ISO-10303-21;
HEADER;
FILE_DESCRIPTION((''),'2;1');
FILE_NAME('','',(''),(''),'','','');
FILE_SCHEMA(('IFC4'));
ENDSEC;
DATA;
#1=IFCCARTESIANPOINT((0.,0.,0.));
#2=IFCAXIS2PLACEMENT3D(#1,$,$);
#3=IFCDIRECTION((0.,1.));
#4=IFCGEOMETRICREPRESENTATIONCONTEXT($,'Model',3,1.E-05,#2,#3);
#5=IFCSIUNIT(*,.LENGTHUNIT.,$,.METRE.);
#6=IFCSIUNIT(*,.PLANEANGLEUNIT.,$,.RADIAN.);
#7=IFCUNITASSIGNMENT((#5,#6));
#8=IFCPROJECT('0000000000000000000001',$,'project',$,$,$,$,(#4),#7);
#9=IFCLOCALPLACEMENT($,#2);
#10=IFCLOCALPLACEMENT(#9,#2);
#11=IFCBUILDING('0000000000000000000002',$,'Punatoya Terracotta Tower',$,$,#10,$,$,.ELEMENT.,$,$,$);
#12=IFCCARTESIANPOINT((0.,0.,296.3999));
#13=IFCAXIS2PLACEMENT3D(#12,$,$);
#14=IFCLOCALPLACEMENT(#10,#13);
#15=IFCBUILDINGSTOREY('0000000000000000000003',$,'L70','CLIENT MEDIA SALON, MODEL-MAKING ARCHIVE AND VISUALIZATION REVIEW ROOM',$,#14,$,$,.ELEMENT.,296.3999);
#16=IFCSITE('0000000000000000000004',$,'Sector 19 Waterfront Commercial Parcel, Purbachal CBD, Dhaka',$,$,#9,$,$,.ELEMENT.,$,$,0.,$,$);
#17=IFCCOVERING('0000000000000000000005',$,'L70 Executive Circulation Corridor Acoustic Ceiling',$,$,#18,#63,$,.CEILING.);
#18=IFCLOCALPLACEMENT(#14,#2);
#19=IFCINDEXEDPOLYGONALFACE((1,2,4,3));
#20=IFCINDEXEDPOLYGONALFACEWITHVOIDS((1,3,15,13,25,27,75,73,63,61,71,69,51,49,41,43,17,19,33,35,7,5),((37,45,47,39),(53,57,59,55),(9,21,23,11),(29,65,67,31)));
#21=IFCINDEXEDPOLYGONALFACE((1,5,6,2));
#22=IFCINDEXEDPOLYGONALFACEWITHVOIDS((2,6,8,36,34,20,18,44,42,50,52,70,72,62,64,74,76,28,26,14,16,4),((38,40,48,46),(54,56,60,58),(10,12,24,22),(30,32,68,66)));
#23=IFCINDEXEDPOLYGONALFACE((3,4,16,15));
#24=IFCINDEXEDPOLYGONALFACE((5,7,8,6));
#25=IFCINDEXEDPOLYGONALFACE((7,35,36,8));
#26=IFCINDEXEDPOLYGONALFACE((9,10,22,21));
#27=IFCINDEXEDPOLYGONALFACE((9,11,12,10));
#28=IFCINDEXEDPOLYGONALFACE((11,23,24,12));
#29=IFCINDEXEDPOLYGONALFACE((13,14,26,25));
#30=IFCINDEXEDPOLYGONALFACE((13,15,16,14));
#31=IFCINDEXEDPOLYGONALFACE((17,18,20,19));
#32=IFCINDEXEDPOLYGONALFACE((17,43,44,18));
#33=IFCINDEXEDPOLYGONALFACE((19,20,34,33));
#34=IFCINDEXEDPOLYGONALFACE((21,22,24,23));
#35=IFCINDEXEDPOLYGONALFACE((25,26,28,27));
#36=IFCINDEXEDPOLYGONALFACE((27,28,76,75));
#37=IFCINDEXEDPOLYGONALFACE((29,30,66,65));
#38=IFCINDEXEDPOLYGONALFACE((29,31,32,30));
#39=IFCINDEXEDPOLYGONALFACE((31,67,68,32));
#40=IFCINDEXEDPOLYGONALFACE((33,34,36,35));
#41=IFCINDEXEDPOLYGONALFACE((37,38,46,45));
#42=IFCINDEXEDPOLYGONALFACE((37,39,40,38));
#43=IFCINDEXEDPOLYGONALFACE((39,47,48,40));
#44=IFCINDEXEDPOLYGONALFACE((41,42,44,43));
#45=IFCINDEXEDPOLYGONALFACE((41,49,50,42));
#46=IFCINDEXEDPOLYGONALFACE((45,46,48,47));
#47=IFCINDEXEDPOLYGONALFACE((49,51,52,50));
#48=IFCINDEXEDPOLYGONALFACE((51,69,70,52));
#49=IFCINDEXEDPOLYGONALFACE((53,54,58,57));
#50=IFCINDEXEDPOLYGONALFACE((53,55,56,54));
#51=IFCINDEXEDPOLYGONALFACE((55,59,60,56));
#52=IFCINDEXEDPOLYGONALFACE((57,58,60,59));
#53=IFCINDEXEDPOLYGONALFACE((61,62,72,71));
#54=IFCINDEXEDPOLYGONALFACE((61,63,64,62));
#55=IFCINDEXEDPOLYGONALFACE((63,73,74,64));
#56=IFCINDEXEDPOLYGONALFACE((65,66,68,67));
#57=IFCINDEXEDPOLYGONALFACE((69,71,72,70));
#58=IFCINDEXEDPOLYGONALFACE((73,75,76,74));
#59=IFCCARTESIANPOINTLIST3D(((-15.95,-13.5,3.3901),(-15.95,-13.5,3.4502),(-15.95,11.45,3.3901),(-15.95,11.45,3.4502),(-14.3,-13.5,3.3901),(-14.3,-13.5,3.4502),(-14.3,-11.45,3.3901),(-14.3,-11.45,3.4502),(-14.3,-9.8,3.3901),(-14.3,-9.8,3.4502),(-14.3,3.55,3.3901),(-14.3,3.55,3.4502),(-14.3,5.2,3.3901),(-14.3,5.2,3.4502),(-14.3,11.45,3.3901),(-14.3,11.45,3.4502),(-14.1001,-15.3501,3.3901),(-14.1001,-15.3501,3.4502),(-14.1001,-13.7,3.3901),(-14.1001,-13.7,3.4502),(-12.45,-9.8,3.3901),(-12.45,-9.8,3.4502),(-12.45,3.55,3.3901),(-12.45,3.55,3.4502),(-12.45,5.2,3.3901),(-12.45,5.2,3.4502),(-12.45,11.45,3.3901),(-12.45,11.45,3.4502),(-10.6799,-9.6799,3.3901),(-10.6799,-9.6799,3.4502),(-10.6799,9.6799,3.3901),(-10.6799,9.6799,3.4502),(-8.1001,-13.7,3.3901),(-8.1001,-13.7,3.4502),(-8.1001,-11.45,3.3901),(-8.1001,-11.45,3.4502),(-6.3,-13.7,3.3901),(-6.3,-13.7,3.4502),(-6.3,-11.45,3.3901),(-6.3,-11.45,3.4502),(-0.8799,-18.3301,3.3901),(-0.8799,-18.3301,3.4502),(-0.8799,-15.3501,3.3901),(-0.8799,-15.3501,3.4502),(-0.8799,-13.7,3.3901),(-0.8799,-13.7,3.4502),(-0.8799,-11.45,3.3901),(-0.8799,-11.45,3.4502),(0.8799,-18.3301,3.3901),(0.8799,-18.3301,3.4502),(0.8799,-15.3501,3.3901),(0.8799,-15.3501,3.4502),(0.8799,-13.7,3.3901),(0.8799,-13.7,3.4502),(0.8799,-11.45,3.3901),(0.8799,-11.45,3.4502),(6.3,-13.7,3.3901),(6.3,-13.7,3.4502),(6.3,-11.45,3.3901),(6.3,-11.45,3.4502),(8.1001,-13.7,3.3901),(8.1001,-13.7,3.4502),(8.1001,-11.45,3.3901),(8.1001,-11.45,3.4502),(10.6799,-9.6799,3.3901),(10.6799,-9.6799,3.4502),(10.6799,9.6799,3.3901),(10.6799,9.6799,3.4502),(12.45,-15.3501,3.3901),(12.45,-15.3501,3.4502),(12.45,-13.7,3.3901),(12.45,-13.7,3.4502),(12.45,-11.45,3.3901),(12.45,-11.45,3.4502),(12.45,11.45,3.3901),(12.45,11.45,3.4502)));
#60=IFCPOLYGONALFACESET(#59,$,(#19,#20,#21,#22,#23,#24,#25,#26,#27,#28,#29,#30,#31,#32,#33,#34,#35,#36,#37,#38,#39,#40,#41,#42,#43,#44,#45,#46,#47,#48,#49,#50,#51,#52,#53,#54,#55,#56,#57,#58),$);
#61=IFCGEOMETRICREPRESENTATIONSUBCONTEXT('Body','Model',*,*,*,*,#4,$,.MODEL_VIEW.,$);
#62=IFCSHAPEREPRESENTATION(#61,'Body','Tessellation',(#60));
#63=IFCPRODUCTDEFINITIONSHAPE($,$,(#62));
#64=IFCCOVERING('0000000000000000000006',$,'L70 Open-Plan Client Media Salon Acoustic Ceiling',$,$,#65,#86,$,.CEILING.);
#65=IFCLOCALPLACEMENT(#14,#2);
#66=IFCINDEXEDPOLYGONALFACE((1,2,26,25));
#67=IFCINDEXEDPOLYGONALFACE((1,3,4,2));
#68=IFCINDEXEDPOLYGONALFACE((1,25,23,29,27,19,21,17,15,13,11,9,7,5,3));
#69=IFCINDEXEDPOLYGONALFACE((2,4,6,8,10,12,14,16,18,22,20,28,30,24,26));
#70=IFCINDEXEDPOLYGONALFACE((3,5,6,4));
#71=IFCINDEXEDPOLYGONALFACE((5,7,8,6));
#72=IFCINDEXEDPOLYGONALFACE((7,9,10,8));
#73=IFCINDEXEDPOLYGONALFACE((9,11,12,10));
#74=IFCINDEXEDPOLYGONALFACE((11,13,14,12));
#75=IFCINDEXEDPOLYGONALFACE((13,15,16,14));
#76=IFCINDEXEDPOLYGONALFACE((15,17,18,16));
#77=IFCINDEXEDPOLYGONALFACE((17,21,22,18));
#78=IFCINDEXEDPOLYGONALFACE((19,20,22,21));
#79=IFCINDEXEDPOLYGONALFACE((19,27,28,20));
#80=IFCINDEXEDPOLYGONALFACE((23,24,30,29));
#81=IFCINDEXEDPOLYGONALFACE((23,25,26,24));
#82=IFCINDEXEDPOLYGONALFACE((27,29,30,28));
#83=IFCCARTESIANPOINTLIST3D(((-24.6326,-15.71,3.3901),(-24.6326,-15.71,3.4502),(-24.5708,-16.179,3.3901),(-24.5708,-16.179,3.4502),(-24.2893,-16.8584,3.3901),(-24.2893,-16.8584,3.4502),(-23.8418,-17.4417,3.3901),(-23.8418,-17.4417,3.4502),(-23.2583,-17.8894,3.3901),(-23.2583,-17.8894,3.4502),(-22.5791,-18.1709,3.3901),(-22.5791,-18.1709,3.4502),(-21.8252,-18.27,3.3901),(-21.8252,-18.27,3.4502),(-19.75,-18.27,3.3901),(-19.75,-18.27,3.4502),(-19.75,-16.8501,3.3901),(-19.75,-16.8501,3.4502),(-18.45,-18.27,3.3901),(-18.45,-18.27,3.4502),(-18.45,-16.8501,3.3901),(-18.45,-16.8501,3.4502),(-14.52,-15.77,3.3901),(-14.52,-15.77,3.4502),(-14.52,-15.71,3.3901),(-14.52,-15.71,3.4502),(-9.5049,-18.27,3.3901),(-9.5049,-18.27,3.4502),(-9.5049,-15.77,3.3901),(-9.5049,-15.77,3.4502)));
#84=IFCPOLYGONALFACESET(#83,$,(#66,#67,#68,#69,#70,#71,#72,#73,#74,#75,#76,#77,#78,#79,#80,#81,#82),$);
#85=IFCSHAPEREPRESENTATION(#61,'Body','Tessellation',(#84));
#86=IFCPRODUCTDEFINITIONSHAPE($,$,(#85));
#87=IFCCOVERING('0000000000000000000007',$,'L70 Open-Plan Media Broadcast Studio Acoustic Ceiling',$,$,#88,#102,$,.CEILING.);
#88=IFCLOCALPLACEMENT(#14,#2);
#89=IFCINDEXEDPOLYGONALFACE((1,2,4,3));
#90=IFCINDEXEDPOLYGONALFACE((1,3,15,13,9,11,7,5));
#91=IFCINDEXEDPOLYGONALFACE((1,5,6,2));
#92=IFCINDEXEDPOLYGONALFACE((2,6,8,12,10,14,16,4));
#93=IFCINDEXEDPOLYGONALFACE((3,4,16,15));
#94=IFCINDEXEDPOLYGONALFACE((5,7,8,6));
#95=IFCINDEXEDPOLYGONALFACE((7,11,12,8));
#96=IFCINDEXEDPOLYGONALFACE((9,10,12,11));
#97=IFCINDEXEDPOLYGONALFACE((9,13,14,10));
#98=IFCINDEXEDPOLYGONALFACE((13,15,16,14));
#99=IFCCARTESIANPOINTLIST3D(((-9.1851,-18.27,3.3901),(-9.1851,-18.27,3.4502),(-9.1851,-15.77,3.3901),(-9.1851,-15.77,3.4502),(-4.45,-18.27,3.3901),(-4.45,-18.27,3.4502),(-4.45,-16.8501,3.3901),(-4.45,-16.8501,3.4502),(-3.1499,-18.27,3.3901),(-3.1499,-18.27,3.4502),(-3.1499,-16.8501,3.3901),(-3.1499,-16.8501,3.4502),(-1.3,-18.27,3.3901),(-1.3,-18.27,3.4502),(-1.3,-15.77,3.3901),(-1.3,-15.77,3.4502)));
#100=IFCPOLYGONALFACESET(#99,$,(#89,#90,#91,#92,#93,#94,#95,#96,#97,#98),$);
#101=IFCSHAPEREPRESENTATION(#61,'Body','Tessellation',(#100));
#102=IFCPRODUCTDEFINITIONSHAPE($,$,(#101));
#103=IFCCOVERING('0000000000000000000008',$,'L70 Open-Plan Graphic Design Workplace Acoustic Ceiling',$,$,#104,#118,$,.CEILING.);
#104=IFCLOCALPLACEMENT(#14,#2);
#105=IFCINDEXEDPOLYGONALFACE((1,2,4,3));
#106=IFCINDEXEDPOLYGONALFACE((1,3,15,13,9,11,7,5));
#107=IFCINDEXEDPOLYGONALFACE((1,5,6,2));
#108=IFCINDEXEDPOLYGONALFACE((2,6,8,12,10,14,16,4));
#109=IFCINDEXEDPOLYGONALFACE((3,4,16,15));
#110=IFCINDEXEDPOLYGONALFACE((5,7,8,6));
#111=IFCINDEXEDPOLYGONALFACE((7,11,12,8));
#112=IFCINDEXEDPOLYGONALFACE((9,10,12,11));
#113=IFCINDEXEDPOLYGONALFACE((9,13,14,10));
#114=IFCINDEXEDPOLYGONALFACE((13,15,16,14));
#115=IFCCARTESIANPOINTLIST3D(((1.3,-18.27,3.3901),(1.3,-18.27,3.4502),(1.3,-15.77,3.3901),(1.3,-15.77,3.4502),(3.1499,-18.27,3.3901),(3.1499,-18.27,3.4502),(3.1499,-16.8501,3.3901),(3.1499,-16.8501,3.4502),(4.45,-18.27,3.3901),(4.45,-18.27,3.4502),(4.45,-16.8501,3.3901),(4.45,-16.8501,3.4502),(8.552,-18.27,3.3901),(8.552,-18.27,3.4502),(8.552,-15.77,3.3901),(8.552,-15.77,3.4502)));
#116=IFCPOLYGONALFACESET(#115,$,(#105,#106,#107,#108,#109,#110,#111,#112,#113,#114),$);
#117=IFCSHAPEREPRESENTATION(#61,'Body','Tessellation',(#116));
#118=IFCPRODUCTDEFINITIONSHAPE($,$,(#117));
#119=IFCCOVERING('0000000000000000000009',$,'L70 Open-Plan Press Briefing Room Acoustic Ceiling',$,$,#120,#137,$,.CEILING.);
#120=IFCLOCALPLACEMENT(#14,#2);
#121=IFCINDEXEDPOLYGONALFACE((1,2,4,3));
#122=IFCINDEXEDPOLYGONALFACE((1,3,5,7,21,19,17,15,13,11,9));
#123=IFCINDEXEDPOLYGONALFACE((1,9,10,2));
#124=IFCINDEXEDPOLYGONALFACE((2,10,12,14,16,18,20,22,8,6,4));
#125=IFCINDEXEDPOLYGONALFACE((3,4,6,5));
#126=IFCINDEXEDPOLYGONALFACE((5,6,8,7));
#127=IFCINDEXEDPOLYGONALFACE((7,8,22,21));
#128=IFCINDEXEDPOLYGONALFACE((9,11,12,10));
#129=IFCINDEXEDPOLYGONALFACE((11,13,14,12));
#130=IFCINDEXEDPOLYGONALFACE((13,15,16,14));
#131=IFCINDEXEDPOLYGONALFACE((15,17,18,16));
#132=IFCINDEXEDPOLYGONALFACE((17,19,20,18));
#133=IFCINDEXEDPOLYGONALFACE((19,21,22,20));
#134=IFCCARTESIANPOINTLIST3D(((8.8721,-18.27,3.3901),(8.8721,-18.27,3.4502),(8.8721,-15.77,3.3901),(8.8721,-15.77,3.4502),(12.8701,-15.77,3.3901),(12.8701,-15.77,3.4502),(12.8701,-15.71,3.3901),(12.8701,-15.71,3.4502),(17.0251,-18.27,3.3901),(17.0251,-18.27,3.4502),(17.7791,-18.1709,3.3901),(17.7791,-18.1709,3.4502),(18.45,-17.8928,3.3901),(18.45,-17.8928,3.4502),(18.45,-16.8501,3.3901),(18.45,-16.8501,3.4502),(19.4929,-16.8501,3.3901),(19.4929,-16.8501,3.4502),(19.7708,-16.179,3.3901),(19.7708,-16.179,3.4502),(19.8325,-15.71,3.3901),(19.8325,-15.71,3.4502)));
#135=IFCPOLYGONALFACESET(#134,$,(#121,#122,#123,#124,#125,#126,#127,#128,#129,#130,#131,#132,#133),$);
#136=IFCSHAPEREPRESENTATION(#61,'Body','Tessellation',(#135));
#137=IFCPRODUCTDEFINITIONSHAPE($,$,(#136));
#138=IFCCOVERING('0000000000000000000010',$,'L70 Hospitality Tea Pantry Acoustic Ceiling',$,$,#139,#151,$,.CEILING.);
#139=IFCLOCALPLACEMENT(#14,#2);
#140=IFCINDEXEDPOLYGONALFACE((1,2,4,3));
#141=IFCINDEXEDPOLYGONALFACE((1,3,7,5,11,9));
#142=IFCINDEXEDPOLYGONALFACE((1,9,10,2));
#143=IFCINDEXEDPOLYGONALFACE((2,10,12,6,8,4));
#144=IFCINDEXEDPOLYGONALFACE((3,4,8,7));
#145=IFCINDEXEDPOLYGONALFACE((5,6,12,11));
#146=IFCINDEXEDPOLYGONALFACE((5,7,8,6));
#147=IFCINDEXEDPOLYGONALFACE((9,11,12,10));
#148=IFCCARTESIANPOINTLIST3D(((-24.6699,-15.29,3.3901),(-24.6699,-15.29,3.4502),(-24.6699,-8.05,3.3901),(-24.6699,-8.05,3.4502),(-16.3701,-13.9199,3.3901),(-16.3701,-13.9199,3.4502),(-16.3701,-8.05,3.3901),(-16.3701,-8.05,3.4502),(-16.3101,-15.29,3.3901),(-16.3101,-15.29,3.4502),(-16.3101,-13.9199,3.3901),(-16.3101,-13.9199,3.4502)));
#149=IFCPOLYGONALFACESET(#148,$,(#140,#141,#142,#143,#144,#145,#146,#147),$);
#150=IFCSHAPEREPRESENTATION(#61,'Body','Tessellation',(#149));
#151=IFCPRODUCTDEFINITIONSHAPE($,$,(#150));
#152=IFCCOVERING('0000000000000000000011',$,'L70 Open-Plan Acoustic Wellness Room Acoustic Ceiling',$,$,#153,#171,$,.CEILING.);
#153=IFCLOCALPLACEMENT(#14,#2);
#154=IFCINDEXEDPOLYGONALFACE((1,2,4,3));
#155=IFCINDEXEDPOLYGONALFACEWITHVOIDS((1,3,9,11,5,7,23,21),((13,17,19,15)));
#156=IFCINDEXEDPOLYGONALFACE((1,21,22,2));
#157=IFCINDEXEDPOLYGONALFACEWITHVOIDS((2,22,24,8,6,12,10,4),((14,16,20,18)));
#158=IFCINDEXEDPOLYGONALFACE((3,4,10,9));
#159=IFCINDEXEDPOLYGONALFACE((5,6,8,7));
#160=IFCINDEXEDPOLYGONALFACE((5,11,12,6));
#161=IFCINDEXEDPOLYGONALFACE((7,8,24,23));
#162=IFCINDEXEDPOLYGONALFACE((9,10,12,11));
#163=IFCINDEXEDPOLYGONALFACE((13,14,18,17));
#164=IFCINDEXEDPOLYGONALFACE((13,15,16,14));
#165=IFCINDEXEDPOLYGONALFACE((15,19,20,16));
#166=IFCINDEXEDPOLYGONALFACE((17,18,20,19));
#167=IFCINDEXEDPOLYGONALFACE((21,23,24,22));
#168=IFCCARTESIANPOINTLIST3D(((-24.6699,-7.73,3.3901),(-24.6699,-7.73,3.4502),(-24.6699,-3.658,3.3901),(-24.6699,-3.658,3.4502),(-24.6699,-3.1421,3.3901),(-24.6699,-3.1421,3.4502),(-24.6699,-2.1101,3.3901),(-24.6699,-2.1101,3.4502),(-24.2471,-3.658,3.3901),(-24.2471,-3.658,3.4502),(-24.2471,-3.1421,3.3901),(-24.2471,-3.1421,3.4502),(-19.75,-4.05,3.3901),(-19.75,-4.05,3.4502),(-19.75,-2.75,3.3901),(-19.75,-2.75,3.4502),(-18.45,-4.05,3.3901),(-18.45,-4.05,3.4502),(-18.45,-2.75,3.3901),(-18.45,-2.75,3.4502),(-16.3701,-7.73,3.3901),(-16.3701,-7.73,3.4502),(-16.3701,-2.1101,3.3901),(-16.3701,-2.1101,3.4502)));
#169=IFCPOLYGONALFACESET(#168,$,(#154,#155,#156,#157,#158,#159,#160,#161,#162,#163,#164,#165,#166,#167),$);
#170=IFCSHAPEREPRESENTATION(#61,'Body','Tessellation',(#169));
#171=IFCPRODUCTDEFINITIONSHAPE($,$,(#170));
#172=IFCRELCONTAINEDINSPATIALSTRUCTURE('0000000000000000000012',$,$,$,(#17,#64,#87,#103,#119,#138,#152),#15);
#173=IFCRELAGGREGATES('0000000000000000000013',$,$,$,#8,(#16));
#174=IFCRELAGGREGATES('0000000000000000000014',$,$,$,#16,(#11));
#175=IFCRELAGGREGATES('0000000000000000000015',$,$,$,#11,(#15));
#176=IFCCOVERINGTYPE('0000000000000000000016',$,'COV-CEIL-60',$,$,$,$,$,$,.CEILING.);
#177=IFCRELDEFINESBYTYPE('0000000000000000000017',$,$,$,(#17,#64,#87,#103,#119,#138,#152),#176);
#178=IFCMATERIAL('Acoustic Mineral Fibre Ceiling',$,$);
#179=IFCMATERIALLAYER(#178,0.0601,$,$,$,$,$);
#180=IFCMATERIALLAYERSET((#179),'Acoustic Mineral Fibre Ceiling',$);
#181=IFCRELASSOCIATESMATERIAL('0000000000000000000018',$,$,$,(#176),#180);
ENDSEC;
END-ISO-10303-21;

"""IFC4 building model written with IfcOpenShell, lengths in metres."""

from ifc_helpers import new_model, si_unit, direction, frame, origin, place, context, subcontext, project, spatial, polyline, outline, extrude, material, layer, layer_set, type_object, element, save


model = new_model("IFC4")

# Units and contexts
model_context = context("Model", 3, precision=1e-05, world=origin(), true_north=direction((0.0, 1.0)))
body_context = subcontext(model_context, "Body", "Model", "MODEL_VIEW")
ifc_project = project(units=[si_unit("LENGTHUNIT", "METRE"), si_unit("PLANEANGLEUNIT", "RADIAN")], contexts=[model_context])

# Site, building, storey
site_placement = place(None, origin())
site = spatial("IfcSite", under=ifc_project, at=site_placement, Name="Sector 19 Waterfront Commercial Parcel, Purbachal CBD, Dhaka", CompositionType="ELEMENT", RefElevation=0.0)
building_placement = place(site_placement, origin())
building = spatial("IfcBuilding", under=site, at=building_placement, Name="Punatoya Terracotta Tower", CompositionType="ELEMENT")
storey_placement = place(building_placement, frame((0.0, 0.0, 296.3999)))
storey = spatial("IfcBuildingStorey", under=building, at=storey_placement, Name="L70", Description="CLIENT MEDIA SALON, MODEL-MAKING ARCHIVE AND VISUALIZATION REVIEW ROOM", CompositionType="ELEMENT", Elevation=296.3999)

# Coverings
ifc_material_1 = material(Name="Acoustic Mineral Fibre Ceiling")
ifc_layer_1 = layer(ifc_material_1, 0.0601)
ifc_layer_set_1 = layer_set([ifc_layer_1], Name="Acoustic Mineral Fibre Ceiling")
covering_type = type_object("IfcCoveringType", Name="COV-CEIL-60", PredefinedType="CEILING", material=ifc_layer_set_1)
covering_1_placement = place(storey_placement, frame((0.0, 0.0, 3.3901)))
element("IfcCovering", 1, at=covering_1_placement, inside=storey, type_object=covering_type, Name="L70 Executive Circulation Corridor Acoustic Ceiling", PredefinedType="CEILING", context=body_context, shape_type="SweptSolid", body=[
    extrude(outline(polyline([(-8.1001, -11.45), (-8.1001, -13.7), (-14.1001, -13.7), (-14.1001, -15.3501), (-0.8799, -15.3501), (-0.8799, -18.3301), (0.8799, -18.3301), (0.8799, -15.3501), (12.45, -15.3501), (12.45, -13.7), (8.1001, -13.7), (8.1001, -11.45), (12.45, -11.45), (12.45, 11.45), (-12.45, 11.45), (-12.45, 5.2), (-14.3, 5.2), (-14.3, 11.45), (-15.95, 11.45), (-15.95, -13.5), (-14.3, -13.5), (-14.3, -11.45), (-8.1001, -11.45)]), holes=[polyline([(10.6799, 9.6799), (10.6799, -9.6799), (-10.6799, -9.6799), (-10.6799, 9.6799), (10.6799, 9.6799)]), polyline([(6.3, -13.7), (0.8799, -13.7), (0.8799, -11.45), (6.3, -11.45), (6.3, -13.7)]), polyline([(-0.8799, -13.7), (-6.3, -13.7), (-6.3, -11.45), (-0.8799, -11.45), (-0.8799, -13.7)]), polyline([(-12.45, 3.55), (-12.45, -9.8), (-14.3, -9.8), (-14.3, 3.55), (-12.45, 3.55)])]), origin(), (0.0, 0.0, 1.0), 0.0601),
])
covering_2_placement = place(storey_placement, frame((0.0, 0.0, 3.3901)))
element("IfcCovering", 2, at=covering_2_placement, inside=storey, type_object=covering_type, Name="L70 Open-Plan Client Media Salon Acoustic Ceiling", PredefinedType="CEILING", context=body_context, shape_type="SweptSolid", body=[
    extrude(outline(polyline([(-22.5791, -18.1709), (-21.8252, -18.27), (-19.75, -18.27), (-19.75, -16.8501), (-18.45, -16.8501), (-18.45, -18.27), (-9.5049, -18.27), (-9.5049, -15.77), (-14.52, -15.77), (-14.52, -15.71), (-24.6326, -15.71), (-24.5708, -16.179), (-24.2893, -16.8584), (-23.8418, -17.4417), (-23.2583, -17.8894), (-22.5791, -18.1709)])), origin(), (0.0, 0.0, 1.0), 0.0601),
])
covering_3_placement = place(storey_placement, frame((0.0, 0.0, 3.3901)))
element("IfcCovering", 3, at=covering_3_placement, inside=storey, type_object=covering_type, Name="L70 Open-Plan Media Broadcast Studio Acoustic Ceiling", PredefinedType="CEILING", context=body_context, shape_type="SweptSolid", body=[
    extrude(outline(polyline([(-4.45, -18.27), (-4.45, -16.8501), (-3.1499, -16.8501), (-3.1499, -18.27), (-1.3, -18.27), (-1.3, -15.77), (-9.1851, -15.77), (-9.1851, -18.27), (-4.45, -18.27)])), origin(), (0.0, 0.0, 1.0), 0.0601),
])
covering_4_placement = place(storey_placement, frame((0.0, 0.0, 3.3901)))
element("IfcCovering", 4, at=covering_4_placement, inside=storey, type_object=covering_type, Name="L70 Open-Plan Graphic Design Workplace Acoustic Ceiling", PredefinedType="CEILING", context=body_context, shape_type="SweptSolid", body=[
    extrude(outline(polyline([(1.3, -18.27), (3.1499, -18.27), (3.1499, -16.8501), (4.45, -16.8501), (4.45, -18.27), (8.552, -18.27), (8.552, -15.77), (1.3, -15.77), (1.3, -18.27)])), origin(), (0.0, 0.0, 1.0), 0.0601),
])
covering_5_placement = place(storey_placement, frame((0.0, 0.0, 3.3901)))
element("IfcCovering", 5, at=covering_5_placement, inside=storey, type_object=covering_type, Name="L70 Open-Plan Press Briefing Room Acoustic Ceiling", PredefinedType="CEILING", context=body_context, shape_type="SweptSolid", body=[
    extrude(outline(polyline([(12.8701, -15.77), (8.8721, -15.77), (8.8721, -18.27), (17.0251, -18.27), (17.7791, -18.1709), (18.45, -17.8928), (18.45, -16.8501), (19.4929, -16.8501), (19.7708, -16.179), (19.8325, -15.71), (12.8701, -15.71), (12.8701, -15.77)])), origin(), (0.0, 0.0, 1.0), 0.0601),
])
covering_6_placement = place(storey_placement, frame((0.0, 0.0, 3.3901)))
element("IfcCovering", 6, at=covering_6_placement, inside=storey, type_object=covering_type, Name="L70 Hospitality Tea Pantry Acoustic Ceiling", PredefinedType="CEILING", context=body_context, shape_type="SweptSolid", body=[
    extrude(outline(polyline([(-16.3701, -13.9199), (-16.3701, -8.05), (-24.6699, -8.05), (-24.6699, -15.29), (-16.3101, -15.29), (-16.3101, -13.9199), (-16.3701, -13.9199)])), origin(), (0.0, 0.0, 1.0), 0.0601),
])
covering_7_placement = place(storey_placement, frame((0.0, 0.0, 3.3901)))
element("IfcCovering", 7, at=covering_7_placement, inside=storey, type_object=covering_type, Name="L70 Open-Plan Acoustic Wellness Room Acoustic Ceiling", PredefinedType="CEILING", context=body_context, shape_type="SweptSolid", body=[
    extrude(outline(polyline([(-24.6699, -3.658), (-24.6699, -7.73), (-16.3701, -7.73), (-16.3701, -2.1101), (-24.6699, -2.1101), (-24.6699, -3.1421), (-24.2471, -3.1421), (-24.2471, -3.658), (-24.6699, -3.658)]), holes=[polyline([(-18.45, -4.05), (-19.75, -4.05), (-19.75, -2.75), (-18.45, -2.75), (-18.45, -4.05)])]), origin(), (0.0, 0.0, 1.0), 0.0601),
])

save(model, "model.ifc")
